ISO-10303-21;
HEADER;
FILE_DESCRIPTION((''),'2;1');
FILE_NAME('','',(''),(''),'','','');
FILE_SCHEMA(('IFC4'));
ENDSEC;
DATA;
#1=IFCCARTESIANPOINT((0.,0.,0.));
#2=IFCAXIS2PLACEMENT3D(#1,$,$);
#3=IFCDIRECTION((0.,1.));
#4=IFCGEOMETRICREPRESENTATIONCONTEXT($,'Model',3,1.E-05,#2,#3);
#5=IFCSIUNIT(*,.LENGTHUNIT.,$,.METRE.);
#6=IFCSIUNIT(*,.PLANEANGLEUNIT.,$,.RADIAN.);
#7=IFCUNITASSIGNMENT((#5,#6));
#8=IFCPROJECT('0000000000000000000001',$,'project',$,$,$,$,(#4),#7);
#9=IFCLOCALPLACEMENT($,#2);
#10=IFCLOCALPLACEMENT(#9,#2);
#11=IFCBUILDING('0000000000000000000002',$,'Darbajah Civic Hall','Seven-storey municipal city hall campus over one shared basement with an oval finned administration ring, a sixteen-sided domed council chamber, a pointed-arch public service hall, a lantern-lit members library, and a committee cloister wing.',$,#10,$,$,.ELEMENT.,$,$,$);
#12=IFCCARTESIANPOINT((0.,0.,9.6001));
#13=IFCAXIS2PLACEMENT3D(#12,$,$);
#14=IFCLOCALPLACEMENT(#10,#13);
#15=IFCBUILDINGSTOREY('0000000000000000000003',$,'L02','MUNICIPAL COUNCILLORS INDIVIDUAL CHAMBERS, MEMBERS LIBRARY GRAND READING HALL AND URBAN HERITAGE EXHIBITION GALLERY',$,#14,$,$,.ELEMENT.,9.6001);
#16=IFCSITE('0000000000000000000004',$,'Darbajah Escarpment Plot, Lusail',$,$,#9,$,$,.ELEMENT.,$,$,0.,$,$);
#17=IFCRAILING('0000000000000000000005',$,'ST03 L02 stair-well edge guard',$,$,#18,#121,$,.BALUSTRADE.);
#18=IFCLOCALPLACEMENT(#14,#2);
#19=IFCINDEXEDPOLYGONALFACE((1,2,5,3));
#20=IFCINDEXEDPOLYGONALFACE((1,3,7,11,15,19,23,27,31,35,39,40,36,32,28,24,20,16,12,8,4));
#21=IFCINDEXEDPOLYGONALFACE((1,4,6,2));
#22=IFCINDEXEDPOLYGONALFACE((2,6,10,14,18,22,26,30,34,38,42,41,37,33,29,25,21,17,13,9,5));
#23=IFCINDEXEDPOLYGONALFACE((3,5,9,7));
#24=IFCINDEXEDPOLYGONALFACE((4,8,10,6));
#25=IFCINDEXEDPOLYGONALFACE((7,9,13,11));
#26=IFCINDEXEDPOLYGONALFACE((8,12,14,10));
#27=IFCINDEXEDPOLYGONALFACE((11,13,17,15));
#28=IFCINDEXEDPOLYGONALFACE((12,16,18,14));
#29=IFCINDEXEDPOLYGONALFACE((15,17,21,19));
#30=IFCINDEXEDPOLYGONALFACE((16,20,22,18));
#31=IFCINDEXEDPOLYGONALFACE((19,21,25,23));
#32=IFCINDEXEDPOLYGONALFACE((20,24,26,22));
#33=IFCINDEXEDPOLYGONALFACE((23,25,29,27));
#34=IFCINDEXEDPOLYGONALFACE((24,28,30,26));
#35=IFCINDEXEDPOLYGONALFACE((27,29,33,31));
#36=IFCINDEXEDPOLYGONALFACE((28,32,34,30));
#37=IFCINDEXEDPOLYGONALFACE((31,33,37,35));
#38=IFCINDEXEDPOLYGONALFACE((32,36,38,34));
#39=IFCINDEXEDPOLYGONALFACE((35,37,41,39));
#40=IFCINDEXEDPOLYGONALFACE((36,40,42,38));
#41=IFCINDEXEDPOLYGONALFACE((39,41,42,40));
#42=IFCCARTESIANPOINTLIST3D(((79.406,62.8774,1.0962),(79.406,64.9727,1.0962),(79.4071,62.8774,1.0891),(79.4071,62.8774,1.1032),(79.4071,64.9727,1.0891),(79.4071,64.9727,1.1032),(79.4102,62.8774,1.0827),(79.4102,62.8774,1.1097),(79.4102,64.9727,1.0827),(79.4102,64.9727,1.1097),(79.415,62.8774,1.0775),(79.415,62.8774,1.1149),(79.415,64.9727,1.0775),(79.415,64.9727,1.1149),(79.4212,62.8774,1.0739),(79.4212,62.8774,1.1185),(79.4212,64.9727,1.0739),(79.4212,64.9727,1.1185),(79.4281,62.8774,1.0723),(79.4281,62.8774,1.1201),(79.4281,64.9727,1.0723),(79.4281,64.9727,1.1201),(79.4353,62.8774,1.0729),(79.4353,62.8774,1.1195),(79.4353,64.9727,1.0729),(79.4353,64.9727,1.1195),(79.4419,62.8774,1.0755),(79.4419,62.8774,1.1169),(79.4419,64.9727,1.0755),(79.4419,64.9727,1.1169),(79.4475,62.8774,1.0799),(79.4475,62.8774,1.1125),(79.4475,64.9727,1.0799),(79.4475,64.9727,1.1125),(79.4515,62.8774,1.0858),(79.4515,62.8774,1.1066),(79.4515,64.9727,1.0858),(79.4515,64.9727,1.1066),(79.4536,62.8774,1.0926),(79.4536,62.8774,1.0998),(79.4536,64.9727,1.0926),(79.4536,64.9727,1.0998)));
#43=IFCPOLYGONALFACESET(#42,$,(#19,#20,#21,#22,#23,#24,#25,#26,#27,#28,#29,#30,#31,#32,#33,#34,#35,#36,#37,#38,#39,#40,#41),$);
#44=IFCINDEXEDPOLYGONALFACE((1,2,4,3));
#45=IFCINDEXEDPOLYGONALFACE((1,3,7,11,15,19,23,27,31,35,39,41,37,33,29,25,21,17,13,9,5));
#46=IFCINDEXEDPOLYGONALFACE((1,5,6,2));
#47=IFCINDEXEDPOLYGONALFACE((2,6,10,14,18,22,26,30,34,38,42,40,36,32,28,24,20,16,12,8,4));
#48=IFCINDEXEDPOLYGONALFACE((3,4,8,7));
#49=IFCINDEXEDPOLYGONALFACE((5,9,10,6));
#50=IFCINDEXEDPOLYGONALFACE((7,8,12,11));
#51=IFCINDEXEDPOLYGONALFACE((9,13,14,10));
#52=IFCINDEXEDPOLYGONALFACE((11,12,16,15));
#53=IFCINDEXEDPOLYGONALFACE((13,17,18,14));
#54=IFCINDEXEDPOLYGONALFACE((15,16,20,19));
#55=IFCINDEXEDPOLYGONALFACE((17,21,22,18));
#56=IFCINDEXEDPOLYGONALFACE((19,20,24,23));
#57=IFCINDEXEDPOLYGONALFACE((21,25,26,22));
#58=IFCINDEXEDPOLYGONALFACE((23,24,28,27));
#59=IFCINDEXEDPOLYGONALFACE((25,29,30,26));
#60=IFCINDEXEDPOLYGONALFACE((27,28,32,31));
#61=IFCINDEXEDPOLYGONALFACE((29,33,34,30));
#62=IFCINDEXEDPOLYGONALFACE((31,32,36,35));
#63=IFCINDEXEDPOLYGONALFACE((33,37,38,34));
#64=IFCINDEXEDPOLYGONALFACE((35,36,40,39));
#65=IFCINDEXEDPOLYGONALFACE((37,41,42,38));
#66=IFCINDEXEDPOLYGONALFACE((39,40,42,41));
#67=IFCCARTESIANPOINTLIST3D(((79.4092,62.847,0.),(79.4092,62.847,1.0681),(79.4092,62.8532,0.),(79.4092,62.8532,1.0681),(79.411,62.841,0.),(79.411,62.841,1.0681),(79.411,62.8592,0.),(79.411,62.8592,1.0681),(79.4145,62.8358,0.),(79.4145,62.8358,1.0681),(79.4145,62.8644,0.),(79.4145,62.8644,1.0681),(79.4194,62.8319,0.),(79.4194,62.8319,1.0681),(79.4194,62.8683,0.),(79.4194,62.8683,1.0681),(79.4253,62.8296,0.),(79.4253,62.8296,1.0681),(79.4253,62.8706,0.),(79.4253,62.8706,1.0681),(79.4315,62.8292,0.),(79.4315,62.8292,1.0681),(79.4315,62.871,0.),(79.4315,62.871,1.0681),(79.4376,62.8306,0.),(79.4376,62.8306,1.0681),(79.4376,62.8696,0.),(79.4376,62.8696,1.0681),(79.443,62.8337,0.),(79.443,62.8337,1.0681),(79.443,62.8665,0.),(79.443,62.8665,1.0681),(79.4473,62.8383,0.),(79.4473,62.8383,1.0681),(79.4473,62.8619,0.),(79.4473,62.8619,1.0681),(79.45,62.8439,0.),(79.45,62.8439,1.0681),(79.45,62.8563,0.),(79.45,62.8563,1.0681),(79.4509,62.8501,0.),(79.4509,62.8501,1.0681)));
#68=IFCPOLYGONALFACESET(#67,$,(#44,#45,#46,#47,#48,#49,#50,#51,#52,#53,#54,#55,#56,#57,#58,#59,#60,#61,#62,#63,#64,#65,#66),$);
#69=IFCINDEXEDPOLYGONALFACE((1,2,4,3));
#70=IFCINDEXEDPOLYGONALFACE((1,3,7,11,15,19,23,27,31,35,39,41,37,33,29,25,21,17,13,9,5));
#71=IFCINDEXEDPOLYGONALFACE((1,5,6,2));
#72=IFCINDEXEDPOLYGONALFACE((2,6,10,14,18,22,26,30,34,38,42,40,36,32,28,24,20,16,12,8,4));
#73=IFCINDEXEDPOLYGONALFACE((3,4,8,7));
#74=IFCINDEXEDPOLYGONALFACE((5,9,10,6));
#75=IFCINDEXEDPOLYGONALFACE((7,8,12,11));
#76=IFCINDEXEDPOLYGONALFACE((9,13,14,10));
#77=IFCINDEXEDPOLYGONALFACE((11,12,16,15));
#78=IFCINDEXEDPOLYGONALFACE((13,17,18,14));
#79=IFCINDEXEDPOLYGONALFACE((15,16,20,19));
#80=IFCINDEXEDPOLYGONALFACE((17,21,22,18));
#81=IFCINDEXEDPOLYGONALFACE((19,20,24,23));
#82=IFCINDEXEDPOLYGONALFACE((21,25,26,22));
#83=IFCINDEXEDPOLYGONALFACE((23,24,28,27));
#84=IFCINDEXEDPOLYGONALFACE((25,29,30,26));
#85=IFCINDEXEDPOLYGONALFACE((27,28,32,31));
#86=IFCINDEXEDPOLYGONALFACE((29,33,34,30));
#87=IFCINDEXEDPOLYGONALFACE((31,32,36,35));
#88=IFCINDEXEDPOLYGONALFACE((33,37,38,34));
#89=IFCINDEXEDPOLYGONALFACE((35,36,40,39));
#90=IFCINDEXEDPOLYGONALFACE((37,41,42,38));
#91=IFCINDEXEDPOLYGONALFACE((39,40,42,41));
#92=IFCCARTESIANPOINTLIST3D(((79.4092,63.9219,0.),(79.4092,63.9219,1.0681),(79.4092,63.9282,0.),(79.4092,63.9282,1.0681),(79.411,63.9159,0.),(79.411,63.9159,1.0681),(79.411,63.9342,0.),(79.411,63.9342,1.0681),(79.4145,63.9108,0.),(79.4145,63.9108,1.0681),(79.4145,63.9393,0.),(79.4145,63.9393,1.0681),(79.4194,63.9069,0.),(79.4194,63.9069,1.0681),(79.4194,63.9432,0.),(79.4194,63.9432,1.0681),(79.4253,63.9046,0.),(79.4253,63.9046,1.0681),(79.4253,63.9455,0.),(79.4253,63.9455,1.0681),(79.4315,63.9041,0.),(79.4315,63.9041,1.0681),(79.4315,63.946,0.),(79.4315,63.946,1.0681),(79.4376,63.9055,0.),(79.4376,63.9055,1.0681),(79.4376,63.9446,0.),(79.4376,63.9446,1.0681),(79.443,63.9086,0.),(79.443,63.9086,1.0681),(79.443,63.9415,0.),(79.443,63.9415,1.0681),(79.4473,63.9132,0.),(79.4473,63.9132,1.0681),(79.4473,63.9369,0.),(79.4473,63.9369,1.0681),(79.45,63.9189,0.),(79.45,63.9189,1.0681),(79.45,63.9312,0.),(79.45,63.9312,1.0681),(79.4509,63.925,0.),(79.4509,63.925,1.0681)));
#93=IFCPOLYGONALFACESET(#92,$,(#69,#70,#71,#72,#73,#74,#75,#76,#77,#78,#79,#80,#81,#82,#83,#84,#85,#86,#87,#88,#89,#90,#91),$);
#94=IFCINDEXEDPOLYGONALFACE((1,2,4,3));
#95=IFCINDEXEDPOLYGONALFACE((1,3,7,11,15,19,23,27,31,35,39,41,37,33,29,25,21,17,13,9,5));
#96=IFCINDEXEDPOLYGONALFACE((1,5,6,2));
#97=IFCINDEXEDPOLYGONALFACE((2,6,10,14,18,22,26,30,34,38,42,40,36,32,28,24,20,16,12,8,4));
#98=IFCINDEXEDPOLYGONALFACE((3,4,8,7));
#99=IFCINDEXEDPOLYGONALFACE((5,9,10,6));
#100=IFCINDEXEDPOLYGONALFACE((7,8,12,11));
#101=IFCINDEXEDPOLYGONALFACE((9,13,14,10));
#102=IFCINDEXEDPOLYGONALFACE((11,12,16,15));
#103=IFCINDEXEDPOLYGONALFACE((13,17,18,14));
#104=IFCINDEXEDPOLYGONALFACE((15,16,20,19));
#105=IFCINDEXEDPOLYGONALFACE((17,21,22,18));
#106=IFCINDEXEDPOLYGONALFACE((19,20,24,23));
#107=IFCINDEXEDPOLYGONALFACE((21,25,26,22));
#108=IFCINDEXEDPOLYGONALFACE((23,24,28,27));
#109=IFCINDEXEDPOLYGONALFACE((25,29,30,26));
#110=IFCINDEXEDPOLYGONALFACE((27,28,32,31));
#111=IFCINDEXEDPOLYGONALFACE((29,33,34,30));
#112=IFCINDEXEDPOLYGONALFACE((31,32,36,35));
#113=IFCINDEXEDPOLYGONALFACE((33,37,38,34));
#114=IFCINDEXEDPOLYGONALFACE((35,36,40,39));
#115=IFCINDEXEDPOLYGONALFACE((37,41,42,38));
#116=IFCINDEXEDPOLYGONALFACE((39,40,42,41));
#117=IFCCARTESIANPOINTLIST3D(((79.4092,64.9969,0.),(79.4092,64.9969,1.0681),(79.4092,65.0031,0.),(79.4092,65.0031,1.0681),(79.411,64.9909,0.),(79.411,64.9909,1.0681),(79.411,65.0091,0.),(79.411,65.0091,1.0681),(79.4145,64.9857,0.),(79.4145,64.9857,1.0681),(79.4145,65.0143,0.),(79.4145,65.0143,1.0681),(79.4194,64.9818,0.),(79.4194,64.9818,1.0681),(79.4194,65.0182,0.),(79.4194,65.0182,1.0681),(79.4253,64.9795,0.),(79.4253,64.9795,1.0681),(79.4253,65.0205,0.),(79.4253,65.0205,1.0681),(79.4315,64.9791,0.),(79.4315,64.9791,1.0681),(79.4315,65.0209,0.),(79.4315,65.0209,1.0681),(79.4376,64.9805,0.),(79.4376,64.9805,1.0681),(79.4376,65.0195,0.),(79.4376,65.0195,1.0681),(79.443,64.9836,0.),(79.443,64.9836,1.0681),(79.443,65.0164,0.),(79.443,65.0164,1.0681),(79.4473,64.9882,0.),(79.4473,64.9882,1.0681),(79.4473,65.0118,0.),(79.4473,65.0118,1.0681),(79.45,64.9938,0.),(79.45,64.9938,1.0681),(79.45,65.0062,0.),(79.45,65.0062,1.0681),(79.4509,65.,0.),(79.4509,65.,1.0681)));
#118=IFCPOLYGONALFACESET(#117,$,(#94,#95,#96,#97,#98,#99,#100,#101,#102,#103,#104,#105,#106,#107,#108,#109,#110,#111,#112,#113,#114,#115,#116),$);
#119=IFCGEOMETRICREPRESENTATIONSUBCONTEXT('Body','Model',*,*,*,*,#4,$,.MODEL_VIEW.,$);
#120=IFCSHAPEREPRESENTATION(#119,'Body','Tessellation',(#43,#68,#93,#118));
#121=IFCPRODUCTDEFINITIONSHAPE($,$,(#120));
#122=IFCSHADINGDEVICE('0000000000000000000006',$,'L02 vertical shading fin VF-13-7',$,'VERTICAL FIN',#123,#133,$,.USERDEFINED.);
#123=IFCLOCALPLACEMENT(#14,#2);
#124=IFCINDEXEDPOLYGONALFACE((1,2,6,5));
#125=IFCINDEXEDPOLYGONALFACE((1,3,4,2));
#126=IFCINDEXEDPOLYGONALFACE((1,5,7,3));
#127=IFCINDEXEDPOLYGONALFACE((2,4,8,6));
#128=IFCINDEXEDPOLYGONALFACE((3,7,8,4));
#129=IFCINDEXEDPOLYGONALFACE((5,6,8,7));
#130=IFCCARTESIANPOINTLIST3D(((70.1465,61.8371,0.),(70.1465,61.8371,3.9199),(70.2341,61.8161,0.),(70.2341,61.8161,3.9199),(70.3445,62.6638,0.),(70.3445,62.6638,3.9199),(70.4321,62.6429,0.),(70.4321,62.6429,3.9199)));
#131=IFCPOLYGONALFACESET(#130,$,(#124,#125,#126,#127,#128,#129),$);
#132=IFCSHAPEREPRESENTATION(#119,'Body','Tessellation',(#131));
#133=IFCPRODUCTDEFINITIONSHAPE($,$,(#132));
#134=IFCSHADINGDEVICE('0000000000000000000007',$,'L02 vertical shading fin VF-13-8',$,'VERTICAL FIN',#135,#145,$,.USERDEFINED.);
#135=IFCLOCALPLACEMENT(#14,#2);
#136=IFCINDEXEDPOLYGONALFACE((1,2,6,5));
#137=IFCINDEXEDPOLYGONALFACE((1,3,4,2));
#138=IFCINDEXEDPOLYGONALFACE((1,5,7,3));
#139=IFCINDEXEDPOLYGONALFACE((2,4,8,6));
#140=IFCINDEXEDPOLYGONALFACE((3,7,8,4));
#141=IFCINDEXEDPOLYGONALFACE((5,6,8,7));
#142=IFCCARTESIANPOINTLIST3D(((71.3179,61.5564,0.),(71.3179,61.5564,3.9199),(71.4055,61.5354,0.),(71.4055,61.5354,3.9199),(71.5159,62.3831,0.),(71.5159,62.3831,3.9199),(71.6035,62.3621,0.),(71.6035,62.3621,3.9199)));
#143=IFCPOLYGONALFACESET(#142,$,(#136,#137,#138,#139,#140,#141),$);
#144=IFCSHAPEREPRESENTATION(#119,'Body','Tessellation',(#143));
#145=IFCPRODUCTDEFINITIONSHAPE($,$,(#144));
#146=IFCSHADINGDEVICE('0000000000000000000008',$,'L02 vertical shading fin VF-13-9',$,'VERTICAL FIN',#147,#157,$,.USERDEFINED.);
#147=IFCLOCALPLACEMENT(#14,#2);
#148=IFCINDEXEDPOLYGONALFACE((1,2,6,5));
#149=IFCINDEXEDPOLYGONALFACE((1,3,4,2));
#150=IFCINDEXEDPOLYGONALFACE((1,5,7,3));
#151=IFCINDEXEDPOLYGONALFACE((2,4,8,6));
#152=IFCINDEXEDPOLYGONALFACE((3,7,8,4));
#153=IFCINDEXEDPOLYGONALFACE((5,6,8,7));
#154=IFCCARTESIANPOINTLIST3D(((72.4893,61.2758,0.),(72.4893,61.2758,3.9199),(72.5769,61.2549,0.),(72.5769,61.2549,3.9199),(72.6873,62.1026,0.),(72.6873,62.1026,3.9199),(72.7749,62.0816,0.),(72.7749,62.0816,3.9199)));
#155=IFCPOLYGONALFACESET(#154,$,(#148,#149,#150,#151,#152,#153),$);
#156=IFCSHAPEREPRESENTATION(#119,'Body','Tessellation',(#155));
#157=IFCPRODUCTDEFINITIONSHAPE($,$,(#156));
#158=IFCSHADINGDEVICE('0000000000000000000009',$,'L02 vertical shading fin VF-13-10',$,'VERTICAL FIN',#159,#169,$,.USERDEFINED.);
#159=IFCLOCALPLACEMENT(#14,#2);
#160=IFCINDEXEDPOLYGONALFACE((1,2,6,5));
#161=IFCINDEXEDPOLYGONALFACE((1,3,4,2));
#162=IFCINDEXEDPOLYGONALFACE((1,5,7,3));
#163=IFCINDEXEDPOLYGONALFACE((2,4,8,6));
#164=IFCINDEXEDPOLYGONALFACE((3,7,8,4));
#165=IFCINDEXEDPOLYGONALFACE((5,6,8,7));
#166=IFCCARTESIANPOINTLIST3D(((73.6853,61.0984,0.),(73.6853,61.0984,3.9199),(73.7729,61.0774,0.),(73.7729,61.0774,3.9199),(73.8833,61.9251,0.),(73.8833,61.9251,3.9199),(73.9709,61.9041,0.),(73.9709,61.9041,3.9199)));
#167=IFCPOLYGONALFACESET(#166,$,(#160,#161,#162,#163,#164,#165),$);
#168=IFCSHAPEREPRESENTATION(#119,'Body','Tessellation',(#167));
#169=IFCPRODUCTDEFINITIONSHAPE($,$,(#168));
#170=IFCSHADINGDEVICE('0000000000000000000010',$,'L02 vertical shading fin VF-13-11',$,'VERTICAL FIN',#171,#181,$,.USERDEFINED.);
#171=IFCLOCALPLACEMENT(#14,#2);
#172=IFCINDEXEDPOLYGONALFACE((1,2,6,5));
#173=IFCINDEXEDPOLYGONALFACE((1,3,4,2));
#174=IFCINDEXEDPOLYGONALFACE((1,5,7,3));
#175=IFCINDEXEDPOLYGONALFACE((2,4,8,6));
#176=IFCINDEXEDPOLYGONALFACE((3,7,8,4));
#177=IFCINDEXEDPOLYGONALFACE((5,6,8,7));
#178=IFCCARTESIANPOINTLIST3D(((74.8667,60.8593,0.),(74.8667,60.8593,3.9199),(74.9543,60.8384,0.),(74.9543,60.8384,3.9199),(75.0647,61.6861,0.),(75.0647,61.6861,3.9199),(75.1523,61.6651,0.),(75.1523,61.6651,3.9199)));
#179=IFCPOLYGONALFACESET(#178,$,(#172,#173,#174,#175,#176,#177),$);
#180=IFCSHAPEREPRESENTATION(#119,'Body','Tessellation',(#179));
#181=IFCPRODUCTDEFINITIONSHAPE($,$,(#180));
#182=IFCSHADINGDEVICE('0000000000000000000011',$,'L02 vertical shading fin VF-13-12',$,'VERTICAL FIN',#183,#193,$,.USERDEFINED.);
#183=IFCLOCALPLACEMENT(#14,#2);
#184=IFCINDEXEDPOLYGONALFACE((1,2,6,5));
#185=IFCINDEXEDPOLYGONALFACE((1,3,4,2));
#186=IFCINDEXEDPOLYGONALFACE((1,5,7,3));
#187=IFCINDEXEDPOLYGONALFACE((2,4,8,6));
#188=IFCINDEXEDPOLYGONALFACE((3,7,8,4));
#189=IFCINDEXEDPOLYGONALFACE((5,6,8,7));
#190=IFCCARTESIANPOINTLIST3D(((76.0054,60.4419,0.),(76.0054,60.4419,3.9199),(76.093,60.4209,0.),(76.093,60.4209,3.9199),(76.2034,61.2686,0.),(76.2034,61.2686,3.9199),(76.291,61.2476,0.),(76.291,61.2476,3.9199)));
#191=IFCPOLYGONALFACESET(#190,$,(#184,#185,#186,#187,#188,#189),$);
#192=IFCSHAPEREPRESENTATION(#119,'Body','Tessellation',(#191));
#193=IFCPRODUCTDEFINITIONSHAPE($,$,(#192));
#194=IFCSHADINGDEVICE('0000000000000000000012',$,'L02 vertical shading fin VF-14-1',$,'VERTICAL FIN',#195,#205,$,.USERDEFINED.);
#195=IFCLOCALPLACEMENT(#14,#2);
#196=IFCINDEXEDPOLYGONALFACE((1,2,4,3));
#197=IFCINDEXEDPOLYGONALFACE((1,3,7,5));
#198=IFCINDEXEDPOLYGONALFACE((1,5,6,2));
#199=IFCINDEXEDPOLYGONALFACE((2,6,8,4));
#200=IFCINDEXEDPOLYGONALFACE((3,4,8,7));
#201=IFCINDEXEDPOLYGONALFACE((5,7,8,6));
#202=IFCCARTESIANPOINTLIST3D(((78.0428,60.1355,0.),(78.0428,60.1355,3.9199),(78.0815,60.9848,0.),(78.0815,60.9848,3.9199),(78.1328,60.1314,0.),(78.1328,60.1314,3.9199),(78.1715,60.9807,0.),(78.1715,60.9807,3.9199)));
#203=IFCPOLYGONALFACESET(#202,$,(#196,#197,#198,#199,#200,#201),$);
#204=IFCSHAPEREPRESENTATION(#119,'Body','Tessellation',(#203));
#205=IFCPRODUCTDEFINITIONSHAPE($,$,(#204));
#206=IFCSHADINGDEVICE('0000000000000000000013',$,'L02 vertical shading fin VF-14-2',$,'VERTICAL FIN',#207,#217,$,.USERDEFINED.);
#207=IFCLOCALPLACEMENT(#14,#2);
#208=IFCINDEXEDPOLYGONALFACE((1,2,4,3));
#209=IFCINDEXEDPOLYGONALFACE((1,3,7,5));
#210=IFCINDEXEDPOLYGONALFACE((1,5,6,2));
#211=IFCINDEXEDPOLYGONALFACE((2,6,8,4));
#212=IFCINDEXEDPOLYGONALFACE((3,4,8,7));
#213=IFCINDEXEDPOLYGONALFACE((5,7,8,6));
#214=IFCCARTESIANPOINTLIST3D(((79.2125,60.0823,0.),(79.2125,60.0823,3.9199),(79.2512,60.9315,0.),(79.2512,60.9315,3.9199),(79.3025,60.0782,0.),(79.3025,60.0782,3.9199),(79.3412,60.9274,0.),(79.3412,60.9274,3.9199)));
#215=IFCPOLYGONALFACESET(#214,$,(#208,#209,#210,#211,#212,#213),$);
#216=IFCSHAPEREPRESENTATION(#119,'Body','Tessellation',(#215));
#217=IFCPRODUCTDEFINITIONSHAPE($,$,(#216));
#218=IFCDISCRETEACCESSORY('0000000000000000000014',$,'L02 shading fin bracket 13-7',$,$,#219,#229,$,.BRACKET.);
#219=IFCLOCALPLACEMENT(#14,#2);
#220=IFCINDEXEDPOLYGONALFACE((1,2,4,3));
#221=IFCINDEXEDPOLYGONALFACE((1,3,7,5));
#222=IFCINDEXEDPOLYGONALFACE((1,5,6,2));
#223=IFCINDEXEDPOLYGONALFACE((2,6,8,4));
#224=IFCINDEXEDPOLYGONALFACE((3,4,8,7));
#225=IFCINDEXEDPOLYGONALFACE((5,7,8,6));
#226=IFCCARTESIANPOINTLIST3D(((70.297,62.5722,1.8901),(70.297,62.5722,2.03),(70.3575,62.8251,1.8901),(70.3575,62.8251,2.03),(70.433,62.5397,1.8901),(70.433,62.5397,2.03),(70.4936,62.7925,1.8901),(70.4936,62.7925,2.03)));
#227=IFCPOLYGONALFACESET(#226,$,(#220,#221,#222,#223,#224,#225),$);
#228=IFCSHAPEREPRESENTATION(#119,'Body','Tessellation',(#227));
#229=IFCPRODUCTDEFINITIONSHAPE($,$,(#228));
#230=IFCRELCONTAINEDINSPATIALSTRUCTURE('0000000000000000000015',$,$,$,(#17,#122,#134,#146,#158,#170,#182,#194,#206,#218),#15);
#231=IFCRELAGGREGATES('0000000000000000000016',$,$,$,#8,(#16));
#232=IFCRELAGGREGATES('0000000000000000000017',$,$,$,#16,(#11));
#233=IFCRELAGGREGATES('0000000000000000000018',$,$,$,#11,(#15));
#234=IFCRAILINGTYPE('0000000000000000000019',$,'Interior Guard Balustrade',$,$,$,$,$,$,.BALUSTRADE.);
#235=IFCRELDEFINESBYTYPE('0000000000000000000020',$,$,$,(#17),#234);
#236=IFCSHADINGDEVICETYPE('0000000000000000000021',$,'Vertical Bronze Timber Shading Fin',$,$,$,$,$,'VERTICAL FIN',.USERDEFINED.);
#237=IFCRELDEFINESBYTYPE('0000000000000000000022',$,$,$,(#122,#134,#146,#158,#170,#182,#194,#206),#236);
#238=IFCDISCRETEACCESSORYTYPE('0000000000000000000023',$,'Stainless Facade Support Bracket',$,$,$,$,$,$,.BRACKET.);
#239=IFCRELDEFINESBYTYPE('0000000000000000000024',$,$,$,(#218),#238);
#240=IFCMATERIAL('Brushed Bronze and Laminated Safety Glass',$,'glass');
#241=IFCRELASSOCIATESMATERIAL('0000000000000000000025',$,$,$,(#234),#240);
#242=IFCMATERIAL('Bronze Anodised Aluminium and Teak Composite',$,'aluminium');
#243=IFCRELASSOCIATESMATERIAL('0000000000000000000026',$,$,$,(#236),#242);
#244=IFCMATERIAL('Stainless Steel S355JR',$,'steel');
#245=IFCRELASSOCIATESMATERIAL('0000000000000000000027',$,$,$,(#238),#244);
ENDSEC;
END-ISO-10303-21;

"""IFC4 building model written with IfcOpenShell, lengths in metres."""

from ifc_helpers import new_model, si_unit, direction, frame, origin, origin_2d, place, context, subcontext, project, spatial, rectangle, circle, extrude, material, type_object, element, save


model = new_model("IFC4")

# Units and contexts
model_context = context("Model", 3, precision=1e-05, world=origin(), true_north=direction((0.0, 1.0)))
body_context = subcontext(model_context, "Body", "Model", "MODEL_VIEW")
ifc_project = project(units=[si_unit("LENGTHUNIT", "METRE"), si_unit("PLANEANGLEUNIT", "RADIAN")], contexts=[model_context])

# Site, building, storey
site_placement = place(None, origin())
site = spatial("IfcSite", under=ifc_project, at=site_placement, Name="Darbajah Escarpment Plot, Lusail", CompositionType="ELEMENT", RefElevation=0.0)
building_placement = place(site_placement, origin())
building = spatial("IfcBuilding", under=site, at=building_placement, Name="Darbajah Civic Hall", Description="Seven-storey municipal city hall campus over one shared basement with an oval finned administration ring, a sixteen-sided domed council chamber, a pointed-arch public service hall, a lantern-lit members library, and a committee cloister wing.", CompositionType="ELEMENT")
storey_placement = place(building_placement, frame((0.0, 0.0, 9.6001)))
storey = spatial("IfcBuildingStorey", under=building, at=storey_placement, Name="L02", Description="MUNICIPAL COUNCILLORS INDIVIDUAL CHAMBERS, MEMBERS LIBRARY GRAND READING HALL AND URBAN HERITAGE EXHIBITION GALLERY", CompositionType="ELEMENT", Elevation=9.6001)

# Railing
ifc_material_1 = material(Name="Brushed Bronze and Laminated Safety Glass", Category="glass")
railing_type = type_object("IfcRailingType", Name="Interior Guard Balustrade", PredefinedType="BALUSTRADE", material=ifc_material_1)
railing_placement = place(storey_placement, frame((79.4299, 62.8501, 0.0)))
element("IfcRailing", 1, at=railing_placement, inside=storey, type_object=railing_type, Name="ST03 L02 stair-well edge guard", PredefinedType="BALUSTRADE", context=body_context, shape_type="SweptSolid", body=[
    extrude(circle(Radius=0.0239, at=origin_2d()), frame((0.0, 0.0273, 1.0962), z_axis=(0.0, 1.0, 0.0), x_axis=(-1.0, 0.0, 0.0)), (0.0, 0.0, 1.0), 2.0952),
    extrude(circle(Radius=0.021, at=origin_2d()), origin(), (0.0, 0.0, 1.0), 1.0681),
    extrude(circle(Radius=0.021, at=origin_2d()), frame((0.0, 1.075, 0.0)), (0.0, 0.0, 1.0), 1.0681),
    extrude(circle(Radius=0.021, at=origin_2d()), frame((0.0, 2.1499, 0.0)), (0.0, 0.0, 1.0), 1.0681),
])

# Shading devices
ifc_material_2 = material(Name="Bronze Anodised Aluminium and Teak Composite", Category="aluminium")
shading_device_type = type_object("IfcShadingDeviceType", Name="Vertical Bronze Timber Shading Fin", ElementType="VERTICAL FIN", PredefinedType="USERDEFINED", material=ifc_material_2)
for number, where, z_axis, x_axis, name in (
    (2, (70.2893, 62.24, 0.0), (0.0, 0.0, 1.0), (-0.232936, -0.972492, 0.0), "L02 vertical shading fin VF-13-7"),
    (3, (71.4607, 61.9592, 0.0), (0.0, 0.0, 1.0), (-0.232936, -0.972492, 0.0), "L02 vertical shading fin VF-13-8"),
    (4, (72.6321, 61.6787, 0.0), (0.0, 0.0, 1.0), (-0.232936, -0.972492, 0.0), "L02 vertical shading fin VF-13-9"),
    (5, (73.8281, 61.5012, 0.0), (0.0, 0.0, 1.0), (-0.232936, -0.972492, 0.0), "L02 vertical shading fin VF-13-10"),
    (6, (75.0095, 61.2622, 0.0), (0.0, 0.0, 1.0), (-0.232936, -0.972492, 0.0), "L02 vertical shading fin VF-13-11"),
    (7, (76.1482, 60.8447, 0.0), (0.0, 0.0, 1.0), (-0.232936, -0.972492, 0.0), "L02 vertical shading fin VF-13-12"),
    (8, (78.1072, 60.5581, 0.0), (0.0, 0.0, 1.0), (-0.045537, -0.998963, 0.0), "L02 vertical shading fin VF-14-1"),
    (9, (79.2769, 60.5049, 0.0), (0.0, 0.0, 1.0), (-0.045537, -0.998963, 0.0), "L02 vertical shading fin VF-14-2"),
):
    element("IfcShadingDevice", number, at=place(storey_placement, frame(where, z_axis=z_axis, x_axis=x_axis)), inside=storey, type_object=shading_device_type, Name=name, ObjectType="VERTICAL FIN", PredefinedType="USERDEFINED", context=body_context, shape_type="SweptSolid", body=[
        extrude(rectangle(XDim=0.8501, YDim=0.0901, at=origin_2d()), origin(), (0.0, 0.0, 1.0), 3.9199),
    ])

# Discrete accessory
ifc_material_3 = material(Name="Stainless Steel S355JR", Category="steel")
discrete_accessory_type = type_object("IfcDiscreteAccessoryType", Name="Stainless Facade Support Bracket", PredefinedType="BRACKET", material=ifc_material_3)
for number, where, z_axis, x_axis, name in (
    (10, (70.3953, 62.6824, 1.8901), (0.0, 0.0, 1.0), (-0.232936, -0.972492, 0.0), "L02 shading fin bracket 13-7"),
):
    element("IfcDiscreteAccessory", number, at=place(storey_placement, frame(where, z_axis=z_axis, x_axis=x_axis)), inside=storey, type_object=discrete_accessory_type, Name=name, PredefinedType="BRACKET", context=body_context, shape_type="SweptSolid", body=[
        extrude(rectangle(XDim=0.26, YDim=0.1399, at=origin_2d()), origin(), (0.0, 0.0, 1.0), 0.1399),
    ])

save(model, "model.ifc")
